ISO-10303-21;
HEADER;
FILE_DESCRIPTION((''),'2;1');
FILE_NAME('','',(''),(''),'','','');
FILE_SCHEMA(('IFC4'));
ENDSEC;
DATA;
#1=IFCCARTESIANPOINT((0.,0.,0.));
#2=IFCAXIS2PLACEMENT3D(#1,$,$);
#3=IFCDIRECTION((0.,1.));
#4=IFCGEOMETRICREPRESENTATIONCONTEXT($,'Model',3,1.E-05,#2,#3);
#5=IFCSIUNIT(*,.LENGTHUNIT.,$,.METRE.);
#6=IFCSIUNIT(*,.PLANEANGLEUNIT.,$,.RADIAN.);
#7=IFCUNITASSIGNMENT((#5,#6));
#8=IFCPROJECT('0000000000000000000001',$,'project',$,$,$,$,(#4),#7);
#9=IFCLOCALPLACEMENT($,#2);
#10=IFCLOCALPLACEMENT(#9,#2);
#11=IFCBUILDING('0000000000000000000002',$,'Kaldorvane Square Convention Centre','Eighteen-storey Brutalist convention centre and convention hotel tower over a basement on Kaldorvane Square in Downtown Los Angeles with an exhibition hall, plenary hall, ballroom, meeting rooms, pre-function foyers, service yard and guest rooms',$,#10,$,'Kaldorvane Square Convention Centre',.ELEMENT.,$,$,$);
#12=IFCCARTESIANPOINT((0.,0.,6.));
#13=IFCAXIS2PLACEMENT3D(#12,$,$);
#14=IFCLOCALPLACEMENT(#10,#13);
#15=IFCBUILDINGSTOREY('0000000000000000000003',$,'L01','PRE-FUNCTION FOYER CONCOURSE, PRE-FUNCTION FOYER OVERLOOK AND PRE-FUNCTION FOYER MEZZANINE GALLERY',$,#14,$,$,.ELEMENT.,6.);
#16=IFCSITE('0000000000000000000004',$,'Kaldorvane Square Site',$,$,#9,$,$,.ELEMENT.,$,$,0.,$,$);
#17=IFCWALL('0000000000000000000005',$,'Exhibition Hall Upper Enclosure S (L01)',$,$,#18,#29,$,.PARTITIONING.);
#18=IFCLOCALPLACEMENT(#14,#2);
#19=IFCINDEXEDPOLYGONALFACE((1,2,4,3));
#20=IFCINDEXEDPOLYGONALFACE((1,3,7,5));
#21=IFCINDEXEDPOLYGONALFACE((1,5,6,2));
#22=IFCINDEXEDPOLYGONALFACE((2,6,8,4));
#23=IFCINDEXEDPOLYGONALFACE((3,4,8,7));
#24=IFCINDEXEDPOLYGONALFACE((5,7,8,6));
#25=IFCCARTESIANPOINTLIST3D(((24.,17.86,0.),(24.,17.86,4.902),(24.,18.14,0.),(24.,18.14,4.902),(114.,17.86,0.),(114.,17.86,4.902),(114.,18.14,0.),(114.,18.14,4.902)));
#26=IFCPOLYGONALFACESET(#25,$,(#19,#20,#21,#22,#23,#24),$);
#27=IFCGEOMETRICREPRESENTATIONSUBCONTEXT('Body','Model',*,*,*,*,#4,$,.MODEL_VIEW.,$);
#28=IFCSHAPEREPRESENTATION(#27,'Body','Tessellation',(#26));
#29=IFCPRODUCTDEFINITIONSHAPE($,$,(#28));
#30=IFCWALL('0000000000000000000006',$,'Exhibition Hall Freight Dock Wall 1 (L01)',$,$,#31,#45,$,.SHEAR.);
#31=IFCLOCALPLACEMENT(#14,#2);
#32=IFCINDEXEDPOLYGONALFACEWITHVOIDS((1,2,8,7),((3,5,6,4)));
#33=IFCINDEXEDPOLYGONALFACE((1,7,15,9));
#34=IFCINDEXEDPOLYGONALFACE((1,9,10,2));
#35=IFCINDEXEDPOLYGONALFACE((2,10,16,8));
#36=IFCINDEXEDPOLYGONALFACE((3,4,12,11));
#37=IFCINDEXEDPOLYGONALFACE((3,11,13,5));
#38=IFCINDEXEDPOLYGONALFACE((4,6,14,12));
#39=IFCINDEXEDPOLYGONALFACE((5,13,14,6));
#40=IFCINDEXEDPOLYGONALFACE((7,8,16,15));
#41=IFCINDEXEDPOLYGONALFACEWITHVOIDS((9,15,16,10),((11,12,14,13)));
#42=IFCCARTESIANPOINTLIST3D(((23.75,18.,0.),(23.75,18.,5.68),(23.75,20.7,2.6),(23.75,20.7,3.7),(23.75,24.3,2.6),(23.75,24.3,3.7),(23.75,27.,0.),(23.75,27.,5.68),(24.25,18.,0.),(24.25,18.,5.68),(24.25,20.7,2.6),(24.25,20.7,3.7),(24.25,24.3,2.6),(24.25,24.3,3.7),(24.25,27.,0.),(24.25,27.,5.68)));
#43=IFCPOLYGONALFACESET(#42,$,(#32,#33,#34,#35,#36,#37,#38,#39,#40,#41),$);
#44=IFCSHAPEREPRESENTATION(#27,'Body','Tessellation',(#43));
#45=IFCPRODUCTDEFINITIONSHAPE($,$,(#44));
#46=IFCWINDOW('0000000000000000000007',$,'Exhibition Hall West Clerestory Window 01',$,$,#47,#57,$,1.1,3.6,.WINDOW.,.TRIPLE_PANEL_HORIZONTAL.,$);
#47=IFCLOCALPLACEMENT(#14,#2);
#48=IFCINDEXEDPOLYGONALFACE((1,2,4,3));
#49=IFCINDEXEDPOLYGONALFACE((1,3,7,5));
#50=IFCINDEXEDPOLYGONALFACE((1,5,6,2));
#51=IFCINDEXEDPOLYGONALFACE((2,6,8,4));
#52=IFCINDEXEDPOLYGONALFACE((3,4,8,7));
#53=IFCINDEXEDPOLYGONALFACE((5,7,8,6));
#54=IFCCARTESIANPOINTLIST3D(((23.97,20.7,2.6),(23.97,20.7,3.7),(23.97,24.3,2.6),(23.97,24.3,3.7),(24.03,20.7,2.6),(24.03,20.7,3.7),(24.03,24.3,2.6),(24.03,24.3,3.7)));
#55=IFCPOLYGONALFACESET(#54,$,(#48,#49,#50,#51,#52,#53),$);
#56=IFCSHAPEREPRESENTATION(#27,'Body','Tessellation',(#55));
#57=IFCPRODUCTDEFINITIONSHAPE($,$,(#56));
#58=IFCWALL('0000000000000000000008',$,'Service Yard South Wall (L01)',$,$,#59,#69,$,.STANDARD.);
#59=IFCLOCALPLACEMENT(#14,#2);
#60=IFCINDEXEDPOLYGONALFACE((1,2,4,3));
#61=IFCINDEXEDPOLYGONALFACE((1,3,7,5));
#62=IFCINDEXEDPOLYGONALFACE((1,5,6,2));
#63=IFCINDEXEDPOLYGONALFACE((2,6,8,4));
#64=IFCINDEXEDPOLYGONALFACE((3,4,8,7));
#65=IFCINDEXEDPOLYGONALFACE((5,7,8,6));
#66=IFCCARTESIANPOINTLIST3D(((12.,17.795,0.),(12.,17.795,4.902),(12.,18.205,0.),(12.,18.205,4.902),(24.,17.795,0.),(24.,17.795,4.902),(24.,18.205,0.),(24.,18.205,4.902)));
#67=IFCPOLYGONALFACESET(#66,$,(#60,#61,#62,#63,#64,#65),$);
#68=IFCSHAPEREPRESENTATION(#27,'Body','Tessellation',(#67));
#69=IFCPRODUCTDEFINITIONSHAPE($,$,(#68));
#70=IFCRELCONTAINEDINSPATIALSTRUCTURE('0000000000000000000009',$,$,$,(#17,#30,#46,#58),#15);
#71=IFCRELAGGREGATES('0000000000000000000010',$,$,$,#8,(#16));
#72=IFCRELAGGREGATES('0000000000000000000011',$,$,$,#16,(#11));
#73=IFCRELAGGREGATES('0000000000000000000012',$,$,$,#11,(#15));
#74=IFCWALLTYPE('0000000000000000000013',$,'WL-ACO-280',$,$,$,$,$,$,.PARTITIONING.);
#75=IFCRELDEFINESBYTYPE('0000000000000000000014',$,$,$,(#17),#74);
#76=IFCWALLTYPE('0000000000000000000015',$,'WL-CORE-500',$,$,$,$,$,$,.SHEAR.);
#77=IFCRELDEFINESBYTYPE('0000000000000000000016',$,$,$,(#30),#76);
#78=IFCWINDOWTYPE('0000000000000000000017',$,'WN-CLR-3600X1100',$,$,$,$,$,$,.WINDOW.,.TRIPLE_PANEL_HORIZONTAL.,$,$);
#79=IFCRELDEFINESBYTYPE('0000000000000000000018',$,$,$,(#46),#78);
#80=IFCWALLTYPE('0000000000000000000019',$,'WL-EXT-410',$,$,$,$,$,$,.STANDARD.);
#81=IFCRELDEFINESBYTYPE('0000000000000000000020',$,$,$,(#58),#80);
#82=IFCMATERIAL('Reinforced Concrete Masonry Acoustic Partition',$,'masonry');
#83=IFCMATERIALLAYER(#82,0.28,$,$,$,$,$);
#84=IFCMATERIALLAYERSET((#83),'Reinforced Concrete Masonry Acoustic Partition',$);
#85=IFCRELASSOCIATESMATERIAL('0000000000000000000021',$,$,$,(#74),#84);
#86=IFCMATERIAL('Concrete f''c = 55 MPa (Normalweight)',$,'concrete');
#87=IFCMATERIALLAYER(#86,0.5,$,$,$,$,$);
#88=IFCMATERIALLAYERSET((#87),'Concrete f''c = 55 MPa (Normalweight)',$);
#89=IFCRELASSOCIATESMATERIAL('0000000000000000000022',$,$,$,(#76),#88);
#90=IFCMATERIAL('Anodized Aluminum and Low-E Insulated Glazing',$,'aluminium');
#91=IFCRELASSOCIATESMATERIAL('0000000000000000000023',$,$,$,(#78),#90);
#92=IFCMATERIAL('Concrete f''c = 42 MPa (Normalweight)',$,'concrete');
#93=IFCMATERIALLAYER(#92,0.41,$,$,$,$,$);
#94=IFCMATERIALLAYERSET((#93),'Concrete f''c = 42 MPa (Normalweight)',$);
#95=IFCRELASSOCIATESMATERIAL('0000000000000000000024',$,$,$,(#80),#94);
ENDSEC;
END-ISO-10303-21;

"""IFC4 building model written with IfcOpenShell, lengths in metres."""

from ifc_helpers import new_model, si_unit, direction, frame, frame_2d, origin, place, context, subcontext, project, spatial, rectangle, extrude, material, layer, layer_set, type_object, element, fill, save


model = new_model("IFC4")

# Units and contexts
model_context = context("Model", 3, precision=1e-05, world=origin(), true_north=direction((0.0, 1.0)))
body_context = subcontext(model_context, "Body", "Model", "MODEL_VIEW")
ifc_project = project(units=[si_unit("LENGTHUNIT", "METRE"), si_unit("PLANEANGLEUNIT", "RADIAN")], contexts=[model_context])

# Site, building, storey
site_placement = place(None, origin())
site = spatial("IfcSite", under=ifc_project, at=site_placement, Name="Kaldorvane Square Site", CompositionType="ELEMENT", RefElevation=0.0)
building_placement = place(site_placement, origin())
building = spatial("IfcBuilding", under=site, at=building_placement, Name="Kaldorvane Square Convention Centre", Description="Eighteen-storey Brutalist convention centre and convention hotel tower over a basement on Kaldorvane Square in Downtown Los Angeles with an exhibition hall, plenary hall, ballroom, meeting rooms, pre-function foyers, service yard and guest rooms", LongName="Kaldorvane Square Convention Centre", CompositionType="ELEMENT")
storey_placement = place(building_placement, frame((0.0, 0.0, 6.0)))
storey = spatial("IfcBuildingStorey", under=building, at=storey_placement, Name="L01", Description="PRE-FUNCTION FOYER CONCOURSE, PRE-FUNCTION FOYER OVERLOOK AND PRE-FUNCTION FOYER MEZZANINE GALLERY", CompositionType="ELEMENT", Elevation=6.0)

# Shared definitions
ifc_material_1 = material(Name="Concrete f'c = 55 MPa (Normalweight)", Category="concrete")

# Wall
ifc_material_2 = material(Name="Reinforced Concrete Masonry Acoustic Partition", Category="masonry")
ifc_layer_1 = layer(ifc_material_2, 0.28)
ifc_layer_set_1 = layer_set([ifc_layer_1], Name="Reinforced Concrete Masonry Acoustic Partition")
wall_type_1 = type_object("IfcWallType", Name="WL-ACO-280", PredefinedType="PARTITIONING", material=ifc_layer_set_1)
wall_1_placement = place(storey_placement, frame((24.0, 18.0, 0.0), z_axis=(0.0, 0.0, 1.0), x_axis=(1.0, 0.0, 0.0)))
element("IfcWall", 1, at=wall_1_placement, inside=storey, type_object=wall_type_1, Name="Exhibition Hall Upper Enclosure S (L01)", PredefinedType="PARTITIONING", context=body_context, shape_type="SweptSolid", body=[
    extrude(rectangle(XDim=90.0, YDim=0.28, at=frame_2d((45.0, 0.0))), origin(), (0.0, 0.0, 1.0), 4.902),
])

# Wall, opening, window
ifc_layer_2 = layer(ifc_material_1, 0.5)
ifc_layer_set_2 = layer_set([ifc_layer_2], Name="Concrete f'c = 55 MPa (Normalweight)")
wall_type_2 = type_object("IfcWallType", Name="WL-CORE-500", PredefinedType="SHEAR", material=ifc_layer_set_2)
wall_2_placement = place(storey_placement, frame((24.0, 27.0, 0.0), z_axis=(0.0, 0.0, 1.0), x_axis=(0.0, -1.0, 0.0)))
wall_2 = element("IfcWall", 2, at=wall_2_placement, inside=storey, type_object=wall_type_2, Name="Exhibition Hall Freight Dock Wall 1 (L01)", PredefinedType="SHEAR", context=body_context, shape_type="SweptSolid", body=[
    extrude(rectangle(XDim=9.0, YDim=0.5, at=frame_2d((4.5, 0.0))), origin(), (0.0, 0.0, 1.0), 5.68),
])
opening_placement = place(wall_2_placement, frame((2.7, 0.0, 2.6)))
opening = element("IfcOpeningElement", 3, at=opening_placement, cuts=wall_2, PredefinedType="OPENING", context=body_context, shape_type="SweptSolid", body=[
    extrude(rectangle(XDim=3.6, YDim=1.1, at=frame_2d((1.8, 0.55))), frame((0.0, 0.265, 0.0), z_axis=(0.0, -1.0, 0.0), x_axis=(1.0, 0.0, 0.0)), (0.0, 0.0, 1.0), 0.53),
])
ifc_material_3 = material(Name="Anodized Aluminum and Low-E Insulated Glazing", Category="aluminium")
window_type = type_object("IfcWindowType", Name="WN-CLR-3600X1100", PartitioningType="TRIPLE_PANEL_HORIZONTAL", PredefinedType="WINDOW", material=ifc_material_3)
window_placement = place(opening_placement, origin())
window = element("IfcWindow", 4, at=window_placement, inside=storey, type_object=window_type, Name="Exhibition Hall West Clerestory Window 01", OverallHeight=1.1, OverallWidth=3.6, PartitioningType="TRIPLE_PANEL_HORIZONTAL", PredefinedType="WINDOW", context=body_context, shape_type="SweptSolid", body=[
    extrude(rectangle(XDim=3.6, YDim=1.1, at=frame_2d((1.8, 0.55))), frame((0.0, 0.03, 0.0), z_axis=(0.0, -1.0, 0.0), x_axis=(1.0, 0.0, 0.0)), (0.0, 0.0, 1.0), 0.06),
])
fill(opening, window)

# Wall
ifc_material_4 = material(Name="Concrete f'c = 42 MPa (Normalweight)", Category="concrete")
ifc_layer_3 = layer(ifc_material_4, 0.41)
ifc_layer_set_3 = layer_set([ifc_layer_3], Name="Concrete f'c = 42 MPa (Normalweight)")
wall_type_3 = type_object("IfcWallType", Name="WL-EXT-410", PredefinedType="STANDARD", material=ifc_layer_set_3)
wall_3_placement = place(storey_placement, frame((12.0, 18.0, 0.0), z_axis=(0.0, 0.0, 1.0), x_axis=(1.0, 0.0, 0.0)))
element("IfcWall", 5, at=wall_3_placement, inside=storey, type_object=wall_type_3, Name="Service Yard South Wall (L01)", PredefinedType="STANDARD", context=body_context, shape_type="SweptSolid", body=[
    extrude(rectangle(XDim=12.0, YDim=0.41, at=frame_2d((6.0, 0.0))), origin(), (0.0, 0.0, 1.0), 4.902),
])

save(model, "model.ifc")
